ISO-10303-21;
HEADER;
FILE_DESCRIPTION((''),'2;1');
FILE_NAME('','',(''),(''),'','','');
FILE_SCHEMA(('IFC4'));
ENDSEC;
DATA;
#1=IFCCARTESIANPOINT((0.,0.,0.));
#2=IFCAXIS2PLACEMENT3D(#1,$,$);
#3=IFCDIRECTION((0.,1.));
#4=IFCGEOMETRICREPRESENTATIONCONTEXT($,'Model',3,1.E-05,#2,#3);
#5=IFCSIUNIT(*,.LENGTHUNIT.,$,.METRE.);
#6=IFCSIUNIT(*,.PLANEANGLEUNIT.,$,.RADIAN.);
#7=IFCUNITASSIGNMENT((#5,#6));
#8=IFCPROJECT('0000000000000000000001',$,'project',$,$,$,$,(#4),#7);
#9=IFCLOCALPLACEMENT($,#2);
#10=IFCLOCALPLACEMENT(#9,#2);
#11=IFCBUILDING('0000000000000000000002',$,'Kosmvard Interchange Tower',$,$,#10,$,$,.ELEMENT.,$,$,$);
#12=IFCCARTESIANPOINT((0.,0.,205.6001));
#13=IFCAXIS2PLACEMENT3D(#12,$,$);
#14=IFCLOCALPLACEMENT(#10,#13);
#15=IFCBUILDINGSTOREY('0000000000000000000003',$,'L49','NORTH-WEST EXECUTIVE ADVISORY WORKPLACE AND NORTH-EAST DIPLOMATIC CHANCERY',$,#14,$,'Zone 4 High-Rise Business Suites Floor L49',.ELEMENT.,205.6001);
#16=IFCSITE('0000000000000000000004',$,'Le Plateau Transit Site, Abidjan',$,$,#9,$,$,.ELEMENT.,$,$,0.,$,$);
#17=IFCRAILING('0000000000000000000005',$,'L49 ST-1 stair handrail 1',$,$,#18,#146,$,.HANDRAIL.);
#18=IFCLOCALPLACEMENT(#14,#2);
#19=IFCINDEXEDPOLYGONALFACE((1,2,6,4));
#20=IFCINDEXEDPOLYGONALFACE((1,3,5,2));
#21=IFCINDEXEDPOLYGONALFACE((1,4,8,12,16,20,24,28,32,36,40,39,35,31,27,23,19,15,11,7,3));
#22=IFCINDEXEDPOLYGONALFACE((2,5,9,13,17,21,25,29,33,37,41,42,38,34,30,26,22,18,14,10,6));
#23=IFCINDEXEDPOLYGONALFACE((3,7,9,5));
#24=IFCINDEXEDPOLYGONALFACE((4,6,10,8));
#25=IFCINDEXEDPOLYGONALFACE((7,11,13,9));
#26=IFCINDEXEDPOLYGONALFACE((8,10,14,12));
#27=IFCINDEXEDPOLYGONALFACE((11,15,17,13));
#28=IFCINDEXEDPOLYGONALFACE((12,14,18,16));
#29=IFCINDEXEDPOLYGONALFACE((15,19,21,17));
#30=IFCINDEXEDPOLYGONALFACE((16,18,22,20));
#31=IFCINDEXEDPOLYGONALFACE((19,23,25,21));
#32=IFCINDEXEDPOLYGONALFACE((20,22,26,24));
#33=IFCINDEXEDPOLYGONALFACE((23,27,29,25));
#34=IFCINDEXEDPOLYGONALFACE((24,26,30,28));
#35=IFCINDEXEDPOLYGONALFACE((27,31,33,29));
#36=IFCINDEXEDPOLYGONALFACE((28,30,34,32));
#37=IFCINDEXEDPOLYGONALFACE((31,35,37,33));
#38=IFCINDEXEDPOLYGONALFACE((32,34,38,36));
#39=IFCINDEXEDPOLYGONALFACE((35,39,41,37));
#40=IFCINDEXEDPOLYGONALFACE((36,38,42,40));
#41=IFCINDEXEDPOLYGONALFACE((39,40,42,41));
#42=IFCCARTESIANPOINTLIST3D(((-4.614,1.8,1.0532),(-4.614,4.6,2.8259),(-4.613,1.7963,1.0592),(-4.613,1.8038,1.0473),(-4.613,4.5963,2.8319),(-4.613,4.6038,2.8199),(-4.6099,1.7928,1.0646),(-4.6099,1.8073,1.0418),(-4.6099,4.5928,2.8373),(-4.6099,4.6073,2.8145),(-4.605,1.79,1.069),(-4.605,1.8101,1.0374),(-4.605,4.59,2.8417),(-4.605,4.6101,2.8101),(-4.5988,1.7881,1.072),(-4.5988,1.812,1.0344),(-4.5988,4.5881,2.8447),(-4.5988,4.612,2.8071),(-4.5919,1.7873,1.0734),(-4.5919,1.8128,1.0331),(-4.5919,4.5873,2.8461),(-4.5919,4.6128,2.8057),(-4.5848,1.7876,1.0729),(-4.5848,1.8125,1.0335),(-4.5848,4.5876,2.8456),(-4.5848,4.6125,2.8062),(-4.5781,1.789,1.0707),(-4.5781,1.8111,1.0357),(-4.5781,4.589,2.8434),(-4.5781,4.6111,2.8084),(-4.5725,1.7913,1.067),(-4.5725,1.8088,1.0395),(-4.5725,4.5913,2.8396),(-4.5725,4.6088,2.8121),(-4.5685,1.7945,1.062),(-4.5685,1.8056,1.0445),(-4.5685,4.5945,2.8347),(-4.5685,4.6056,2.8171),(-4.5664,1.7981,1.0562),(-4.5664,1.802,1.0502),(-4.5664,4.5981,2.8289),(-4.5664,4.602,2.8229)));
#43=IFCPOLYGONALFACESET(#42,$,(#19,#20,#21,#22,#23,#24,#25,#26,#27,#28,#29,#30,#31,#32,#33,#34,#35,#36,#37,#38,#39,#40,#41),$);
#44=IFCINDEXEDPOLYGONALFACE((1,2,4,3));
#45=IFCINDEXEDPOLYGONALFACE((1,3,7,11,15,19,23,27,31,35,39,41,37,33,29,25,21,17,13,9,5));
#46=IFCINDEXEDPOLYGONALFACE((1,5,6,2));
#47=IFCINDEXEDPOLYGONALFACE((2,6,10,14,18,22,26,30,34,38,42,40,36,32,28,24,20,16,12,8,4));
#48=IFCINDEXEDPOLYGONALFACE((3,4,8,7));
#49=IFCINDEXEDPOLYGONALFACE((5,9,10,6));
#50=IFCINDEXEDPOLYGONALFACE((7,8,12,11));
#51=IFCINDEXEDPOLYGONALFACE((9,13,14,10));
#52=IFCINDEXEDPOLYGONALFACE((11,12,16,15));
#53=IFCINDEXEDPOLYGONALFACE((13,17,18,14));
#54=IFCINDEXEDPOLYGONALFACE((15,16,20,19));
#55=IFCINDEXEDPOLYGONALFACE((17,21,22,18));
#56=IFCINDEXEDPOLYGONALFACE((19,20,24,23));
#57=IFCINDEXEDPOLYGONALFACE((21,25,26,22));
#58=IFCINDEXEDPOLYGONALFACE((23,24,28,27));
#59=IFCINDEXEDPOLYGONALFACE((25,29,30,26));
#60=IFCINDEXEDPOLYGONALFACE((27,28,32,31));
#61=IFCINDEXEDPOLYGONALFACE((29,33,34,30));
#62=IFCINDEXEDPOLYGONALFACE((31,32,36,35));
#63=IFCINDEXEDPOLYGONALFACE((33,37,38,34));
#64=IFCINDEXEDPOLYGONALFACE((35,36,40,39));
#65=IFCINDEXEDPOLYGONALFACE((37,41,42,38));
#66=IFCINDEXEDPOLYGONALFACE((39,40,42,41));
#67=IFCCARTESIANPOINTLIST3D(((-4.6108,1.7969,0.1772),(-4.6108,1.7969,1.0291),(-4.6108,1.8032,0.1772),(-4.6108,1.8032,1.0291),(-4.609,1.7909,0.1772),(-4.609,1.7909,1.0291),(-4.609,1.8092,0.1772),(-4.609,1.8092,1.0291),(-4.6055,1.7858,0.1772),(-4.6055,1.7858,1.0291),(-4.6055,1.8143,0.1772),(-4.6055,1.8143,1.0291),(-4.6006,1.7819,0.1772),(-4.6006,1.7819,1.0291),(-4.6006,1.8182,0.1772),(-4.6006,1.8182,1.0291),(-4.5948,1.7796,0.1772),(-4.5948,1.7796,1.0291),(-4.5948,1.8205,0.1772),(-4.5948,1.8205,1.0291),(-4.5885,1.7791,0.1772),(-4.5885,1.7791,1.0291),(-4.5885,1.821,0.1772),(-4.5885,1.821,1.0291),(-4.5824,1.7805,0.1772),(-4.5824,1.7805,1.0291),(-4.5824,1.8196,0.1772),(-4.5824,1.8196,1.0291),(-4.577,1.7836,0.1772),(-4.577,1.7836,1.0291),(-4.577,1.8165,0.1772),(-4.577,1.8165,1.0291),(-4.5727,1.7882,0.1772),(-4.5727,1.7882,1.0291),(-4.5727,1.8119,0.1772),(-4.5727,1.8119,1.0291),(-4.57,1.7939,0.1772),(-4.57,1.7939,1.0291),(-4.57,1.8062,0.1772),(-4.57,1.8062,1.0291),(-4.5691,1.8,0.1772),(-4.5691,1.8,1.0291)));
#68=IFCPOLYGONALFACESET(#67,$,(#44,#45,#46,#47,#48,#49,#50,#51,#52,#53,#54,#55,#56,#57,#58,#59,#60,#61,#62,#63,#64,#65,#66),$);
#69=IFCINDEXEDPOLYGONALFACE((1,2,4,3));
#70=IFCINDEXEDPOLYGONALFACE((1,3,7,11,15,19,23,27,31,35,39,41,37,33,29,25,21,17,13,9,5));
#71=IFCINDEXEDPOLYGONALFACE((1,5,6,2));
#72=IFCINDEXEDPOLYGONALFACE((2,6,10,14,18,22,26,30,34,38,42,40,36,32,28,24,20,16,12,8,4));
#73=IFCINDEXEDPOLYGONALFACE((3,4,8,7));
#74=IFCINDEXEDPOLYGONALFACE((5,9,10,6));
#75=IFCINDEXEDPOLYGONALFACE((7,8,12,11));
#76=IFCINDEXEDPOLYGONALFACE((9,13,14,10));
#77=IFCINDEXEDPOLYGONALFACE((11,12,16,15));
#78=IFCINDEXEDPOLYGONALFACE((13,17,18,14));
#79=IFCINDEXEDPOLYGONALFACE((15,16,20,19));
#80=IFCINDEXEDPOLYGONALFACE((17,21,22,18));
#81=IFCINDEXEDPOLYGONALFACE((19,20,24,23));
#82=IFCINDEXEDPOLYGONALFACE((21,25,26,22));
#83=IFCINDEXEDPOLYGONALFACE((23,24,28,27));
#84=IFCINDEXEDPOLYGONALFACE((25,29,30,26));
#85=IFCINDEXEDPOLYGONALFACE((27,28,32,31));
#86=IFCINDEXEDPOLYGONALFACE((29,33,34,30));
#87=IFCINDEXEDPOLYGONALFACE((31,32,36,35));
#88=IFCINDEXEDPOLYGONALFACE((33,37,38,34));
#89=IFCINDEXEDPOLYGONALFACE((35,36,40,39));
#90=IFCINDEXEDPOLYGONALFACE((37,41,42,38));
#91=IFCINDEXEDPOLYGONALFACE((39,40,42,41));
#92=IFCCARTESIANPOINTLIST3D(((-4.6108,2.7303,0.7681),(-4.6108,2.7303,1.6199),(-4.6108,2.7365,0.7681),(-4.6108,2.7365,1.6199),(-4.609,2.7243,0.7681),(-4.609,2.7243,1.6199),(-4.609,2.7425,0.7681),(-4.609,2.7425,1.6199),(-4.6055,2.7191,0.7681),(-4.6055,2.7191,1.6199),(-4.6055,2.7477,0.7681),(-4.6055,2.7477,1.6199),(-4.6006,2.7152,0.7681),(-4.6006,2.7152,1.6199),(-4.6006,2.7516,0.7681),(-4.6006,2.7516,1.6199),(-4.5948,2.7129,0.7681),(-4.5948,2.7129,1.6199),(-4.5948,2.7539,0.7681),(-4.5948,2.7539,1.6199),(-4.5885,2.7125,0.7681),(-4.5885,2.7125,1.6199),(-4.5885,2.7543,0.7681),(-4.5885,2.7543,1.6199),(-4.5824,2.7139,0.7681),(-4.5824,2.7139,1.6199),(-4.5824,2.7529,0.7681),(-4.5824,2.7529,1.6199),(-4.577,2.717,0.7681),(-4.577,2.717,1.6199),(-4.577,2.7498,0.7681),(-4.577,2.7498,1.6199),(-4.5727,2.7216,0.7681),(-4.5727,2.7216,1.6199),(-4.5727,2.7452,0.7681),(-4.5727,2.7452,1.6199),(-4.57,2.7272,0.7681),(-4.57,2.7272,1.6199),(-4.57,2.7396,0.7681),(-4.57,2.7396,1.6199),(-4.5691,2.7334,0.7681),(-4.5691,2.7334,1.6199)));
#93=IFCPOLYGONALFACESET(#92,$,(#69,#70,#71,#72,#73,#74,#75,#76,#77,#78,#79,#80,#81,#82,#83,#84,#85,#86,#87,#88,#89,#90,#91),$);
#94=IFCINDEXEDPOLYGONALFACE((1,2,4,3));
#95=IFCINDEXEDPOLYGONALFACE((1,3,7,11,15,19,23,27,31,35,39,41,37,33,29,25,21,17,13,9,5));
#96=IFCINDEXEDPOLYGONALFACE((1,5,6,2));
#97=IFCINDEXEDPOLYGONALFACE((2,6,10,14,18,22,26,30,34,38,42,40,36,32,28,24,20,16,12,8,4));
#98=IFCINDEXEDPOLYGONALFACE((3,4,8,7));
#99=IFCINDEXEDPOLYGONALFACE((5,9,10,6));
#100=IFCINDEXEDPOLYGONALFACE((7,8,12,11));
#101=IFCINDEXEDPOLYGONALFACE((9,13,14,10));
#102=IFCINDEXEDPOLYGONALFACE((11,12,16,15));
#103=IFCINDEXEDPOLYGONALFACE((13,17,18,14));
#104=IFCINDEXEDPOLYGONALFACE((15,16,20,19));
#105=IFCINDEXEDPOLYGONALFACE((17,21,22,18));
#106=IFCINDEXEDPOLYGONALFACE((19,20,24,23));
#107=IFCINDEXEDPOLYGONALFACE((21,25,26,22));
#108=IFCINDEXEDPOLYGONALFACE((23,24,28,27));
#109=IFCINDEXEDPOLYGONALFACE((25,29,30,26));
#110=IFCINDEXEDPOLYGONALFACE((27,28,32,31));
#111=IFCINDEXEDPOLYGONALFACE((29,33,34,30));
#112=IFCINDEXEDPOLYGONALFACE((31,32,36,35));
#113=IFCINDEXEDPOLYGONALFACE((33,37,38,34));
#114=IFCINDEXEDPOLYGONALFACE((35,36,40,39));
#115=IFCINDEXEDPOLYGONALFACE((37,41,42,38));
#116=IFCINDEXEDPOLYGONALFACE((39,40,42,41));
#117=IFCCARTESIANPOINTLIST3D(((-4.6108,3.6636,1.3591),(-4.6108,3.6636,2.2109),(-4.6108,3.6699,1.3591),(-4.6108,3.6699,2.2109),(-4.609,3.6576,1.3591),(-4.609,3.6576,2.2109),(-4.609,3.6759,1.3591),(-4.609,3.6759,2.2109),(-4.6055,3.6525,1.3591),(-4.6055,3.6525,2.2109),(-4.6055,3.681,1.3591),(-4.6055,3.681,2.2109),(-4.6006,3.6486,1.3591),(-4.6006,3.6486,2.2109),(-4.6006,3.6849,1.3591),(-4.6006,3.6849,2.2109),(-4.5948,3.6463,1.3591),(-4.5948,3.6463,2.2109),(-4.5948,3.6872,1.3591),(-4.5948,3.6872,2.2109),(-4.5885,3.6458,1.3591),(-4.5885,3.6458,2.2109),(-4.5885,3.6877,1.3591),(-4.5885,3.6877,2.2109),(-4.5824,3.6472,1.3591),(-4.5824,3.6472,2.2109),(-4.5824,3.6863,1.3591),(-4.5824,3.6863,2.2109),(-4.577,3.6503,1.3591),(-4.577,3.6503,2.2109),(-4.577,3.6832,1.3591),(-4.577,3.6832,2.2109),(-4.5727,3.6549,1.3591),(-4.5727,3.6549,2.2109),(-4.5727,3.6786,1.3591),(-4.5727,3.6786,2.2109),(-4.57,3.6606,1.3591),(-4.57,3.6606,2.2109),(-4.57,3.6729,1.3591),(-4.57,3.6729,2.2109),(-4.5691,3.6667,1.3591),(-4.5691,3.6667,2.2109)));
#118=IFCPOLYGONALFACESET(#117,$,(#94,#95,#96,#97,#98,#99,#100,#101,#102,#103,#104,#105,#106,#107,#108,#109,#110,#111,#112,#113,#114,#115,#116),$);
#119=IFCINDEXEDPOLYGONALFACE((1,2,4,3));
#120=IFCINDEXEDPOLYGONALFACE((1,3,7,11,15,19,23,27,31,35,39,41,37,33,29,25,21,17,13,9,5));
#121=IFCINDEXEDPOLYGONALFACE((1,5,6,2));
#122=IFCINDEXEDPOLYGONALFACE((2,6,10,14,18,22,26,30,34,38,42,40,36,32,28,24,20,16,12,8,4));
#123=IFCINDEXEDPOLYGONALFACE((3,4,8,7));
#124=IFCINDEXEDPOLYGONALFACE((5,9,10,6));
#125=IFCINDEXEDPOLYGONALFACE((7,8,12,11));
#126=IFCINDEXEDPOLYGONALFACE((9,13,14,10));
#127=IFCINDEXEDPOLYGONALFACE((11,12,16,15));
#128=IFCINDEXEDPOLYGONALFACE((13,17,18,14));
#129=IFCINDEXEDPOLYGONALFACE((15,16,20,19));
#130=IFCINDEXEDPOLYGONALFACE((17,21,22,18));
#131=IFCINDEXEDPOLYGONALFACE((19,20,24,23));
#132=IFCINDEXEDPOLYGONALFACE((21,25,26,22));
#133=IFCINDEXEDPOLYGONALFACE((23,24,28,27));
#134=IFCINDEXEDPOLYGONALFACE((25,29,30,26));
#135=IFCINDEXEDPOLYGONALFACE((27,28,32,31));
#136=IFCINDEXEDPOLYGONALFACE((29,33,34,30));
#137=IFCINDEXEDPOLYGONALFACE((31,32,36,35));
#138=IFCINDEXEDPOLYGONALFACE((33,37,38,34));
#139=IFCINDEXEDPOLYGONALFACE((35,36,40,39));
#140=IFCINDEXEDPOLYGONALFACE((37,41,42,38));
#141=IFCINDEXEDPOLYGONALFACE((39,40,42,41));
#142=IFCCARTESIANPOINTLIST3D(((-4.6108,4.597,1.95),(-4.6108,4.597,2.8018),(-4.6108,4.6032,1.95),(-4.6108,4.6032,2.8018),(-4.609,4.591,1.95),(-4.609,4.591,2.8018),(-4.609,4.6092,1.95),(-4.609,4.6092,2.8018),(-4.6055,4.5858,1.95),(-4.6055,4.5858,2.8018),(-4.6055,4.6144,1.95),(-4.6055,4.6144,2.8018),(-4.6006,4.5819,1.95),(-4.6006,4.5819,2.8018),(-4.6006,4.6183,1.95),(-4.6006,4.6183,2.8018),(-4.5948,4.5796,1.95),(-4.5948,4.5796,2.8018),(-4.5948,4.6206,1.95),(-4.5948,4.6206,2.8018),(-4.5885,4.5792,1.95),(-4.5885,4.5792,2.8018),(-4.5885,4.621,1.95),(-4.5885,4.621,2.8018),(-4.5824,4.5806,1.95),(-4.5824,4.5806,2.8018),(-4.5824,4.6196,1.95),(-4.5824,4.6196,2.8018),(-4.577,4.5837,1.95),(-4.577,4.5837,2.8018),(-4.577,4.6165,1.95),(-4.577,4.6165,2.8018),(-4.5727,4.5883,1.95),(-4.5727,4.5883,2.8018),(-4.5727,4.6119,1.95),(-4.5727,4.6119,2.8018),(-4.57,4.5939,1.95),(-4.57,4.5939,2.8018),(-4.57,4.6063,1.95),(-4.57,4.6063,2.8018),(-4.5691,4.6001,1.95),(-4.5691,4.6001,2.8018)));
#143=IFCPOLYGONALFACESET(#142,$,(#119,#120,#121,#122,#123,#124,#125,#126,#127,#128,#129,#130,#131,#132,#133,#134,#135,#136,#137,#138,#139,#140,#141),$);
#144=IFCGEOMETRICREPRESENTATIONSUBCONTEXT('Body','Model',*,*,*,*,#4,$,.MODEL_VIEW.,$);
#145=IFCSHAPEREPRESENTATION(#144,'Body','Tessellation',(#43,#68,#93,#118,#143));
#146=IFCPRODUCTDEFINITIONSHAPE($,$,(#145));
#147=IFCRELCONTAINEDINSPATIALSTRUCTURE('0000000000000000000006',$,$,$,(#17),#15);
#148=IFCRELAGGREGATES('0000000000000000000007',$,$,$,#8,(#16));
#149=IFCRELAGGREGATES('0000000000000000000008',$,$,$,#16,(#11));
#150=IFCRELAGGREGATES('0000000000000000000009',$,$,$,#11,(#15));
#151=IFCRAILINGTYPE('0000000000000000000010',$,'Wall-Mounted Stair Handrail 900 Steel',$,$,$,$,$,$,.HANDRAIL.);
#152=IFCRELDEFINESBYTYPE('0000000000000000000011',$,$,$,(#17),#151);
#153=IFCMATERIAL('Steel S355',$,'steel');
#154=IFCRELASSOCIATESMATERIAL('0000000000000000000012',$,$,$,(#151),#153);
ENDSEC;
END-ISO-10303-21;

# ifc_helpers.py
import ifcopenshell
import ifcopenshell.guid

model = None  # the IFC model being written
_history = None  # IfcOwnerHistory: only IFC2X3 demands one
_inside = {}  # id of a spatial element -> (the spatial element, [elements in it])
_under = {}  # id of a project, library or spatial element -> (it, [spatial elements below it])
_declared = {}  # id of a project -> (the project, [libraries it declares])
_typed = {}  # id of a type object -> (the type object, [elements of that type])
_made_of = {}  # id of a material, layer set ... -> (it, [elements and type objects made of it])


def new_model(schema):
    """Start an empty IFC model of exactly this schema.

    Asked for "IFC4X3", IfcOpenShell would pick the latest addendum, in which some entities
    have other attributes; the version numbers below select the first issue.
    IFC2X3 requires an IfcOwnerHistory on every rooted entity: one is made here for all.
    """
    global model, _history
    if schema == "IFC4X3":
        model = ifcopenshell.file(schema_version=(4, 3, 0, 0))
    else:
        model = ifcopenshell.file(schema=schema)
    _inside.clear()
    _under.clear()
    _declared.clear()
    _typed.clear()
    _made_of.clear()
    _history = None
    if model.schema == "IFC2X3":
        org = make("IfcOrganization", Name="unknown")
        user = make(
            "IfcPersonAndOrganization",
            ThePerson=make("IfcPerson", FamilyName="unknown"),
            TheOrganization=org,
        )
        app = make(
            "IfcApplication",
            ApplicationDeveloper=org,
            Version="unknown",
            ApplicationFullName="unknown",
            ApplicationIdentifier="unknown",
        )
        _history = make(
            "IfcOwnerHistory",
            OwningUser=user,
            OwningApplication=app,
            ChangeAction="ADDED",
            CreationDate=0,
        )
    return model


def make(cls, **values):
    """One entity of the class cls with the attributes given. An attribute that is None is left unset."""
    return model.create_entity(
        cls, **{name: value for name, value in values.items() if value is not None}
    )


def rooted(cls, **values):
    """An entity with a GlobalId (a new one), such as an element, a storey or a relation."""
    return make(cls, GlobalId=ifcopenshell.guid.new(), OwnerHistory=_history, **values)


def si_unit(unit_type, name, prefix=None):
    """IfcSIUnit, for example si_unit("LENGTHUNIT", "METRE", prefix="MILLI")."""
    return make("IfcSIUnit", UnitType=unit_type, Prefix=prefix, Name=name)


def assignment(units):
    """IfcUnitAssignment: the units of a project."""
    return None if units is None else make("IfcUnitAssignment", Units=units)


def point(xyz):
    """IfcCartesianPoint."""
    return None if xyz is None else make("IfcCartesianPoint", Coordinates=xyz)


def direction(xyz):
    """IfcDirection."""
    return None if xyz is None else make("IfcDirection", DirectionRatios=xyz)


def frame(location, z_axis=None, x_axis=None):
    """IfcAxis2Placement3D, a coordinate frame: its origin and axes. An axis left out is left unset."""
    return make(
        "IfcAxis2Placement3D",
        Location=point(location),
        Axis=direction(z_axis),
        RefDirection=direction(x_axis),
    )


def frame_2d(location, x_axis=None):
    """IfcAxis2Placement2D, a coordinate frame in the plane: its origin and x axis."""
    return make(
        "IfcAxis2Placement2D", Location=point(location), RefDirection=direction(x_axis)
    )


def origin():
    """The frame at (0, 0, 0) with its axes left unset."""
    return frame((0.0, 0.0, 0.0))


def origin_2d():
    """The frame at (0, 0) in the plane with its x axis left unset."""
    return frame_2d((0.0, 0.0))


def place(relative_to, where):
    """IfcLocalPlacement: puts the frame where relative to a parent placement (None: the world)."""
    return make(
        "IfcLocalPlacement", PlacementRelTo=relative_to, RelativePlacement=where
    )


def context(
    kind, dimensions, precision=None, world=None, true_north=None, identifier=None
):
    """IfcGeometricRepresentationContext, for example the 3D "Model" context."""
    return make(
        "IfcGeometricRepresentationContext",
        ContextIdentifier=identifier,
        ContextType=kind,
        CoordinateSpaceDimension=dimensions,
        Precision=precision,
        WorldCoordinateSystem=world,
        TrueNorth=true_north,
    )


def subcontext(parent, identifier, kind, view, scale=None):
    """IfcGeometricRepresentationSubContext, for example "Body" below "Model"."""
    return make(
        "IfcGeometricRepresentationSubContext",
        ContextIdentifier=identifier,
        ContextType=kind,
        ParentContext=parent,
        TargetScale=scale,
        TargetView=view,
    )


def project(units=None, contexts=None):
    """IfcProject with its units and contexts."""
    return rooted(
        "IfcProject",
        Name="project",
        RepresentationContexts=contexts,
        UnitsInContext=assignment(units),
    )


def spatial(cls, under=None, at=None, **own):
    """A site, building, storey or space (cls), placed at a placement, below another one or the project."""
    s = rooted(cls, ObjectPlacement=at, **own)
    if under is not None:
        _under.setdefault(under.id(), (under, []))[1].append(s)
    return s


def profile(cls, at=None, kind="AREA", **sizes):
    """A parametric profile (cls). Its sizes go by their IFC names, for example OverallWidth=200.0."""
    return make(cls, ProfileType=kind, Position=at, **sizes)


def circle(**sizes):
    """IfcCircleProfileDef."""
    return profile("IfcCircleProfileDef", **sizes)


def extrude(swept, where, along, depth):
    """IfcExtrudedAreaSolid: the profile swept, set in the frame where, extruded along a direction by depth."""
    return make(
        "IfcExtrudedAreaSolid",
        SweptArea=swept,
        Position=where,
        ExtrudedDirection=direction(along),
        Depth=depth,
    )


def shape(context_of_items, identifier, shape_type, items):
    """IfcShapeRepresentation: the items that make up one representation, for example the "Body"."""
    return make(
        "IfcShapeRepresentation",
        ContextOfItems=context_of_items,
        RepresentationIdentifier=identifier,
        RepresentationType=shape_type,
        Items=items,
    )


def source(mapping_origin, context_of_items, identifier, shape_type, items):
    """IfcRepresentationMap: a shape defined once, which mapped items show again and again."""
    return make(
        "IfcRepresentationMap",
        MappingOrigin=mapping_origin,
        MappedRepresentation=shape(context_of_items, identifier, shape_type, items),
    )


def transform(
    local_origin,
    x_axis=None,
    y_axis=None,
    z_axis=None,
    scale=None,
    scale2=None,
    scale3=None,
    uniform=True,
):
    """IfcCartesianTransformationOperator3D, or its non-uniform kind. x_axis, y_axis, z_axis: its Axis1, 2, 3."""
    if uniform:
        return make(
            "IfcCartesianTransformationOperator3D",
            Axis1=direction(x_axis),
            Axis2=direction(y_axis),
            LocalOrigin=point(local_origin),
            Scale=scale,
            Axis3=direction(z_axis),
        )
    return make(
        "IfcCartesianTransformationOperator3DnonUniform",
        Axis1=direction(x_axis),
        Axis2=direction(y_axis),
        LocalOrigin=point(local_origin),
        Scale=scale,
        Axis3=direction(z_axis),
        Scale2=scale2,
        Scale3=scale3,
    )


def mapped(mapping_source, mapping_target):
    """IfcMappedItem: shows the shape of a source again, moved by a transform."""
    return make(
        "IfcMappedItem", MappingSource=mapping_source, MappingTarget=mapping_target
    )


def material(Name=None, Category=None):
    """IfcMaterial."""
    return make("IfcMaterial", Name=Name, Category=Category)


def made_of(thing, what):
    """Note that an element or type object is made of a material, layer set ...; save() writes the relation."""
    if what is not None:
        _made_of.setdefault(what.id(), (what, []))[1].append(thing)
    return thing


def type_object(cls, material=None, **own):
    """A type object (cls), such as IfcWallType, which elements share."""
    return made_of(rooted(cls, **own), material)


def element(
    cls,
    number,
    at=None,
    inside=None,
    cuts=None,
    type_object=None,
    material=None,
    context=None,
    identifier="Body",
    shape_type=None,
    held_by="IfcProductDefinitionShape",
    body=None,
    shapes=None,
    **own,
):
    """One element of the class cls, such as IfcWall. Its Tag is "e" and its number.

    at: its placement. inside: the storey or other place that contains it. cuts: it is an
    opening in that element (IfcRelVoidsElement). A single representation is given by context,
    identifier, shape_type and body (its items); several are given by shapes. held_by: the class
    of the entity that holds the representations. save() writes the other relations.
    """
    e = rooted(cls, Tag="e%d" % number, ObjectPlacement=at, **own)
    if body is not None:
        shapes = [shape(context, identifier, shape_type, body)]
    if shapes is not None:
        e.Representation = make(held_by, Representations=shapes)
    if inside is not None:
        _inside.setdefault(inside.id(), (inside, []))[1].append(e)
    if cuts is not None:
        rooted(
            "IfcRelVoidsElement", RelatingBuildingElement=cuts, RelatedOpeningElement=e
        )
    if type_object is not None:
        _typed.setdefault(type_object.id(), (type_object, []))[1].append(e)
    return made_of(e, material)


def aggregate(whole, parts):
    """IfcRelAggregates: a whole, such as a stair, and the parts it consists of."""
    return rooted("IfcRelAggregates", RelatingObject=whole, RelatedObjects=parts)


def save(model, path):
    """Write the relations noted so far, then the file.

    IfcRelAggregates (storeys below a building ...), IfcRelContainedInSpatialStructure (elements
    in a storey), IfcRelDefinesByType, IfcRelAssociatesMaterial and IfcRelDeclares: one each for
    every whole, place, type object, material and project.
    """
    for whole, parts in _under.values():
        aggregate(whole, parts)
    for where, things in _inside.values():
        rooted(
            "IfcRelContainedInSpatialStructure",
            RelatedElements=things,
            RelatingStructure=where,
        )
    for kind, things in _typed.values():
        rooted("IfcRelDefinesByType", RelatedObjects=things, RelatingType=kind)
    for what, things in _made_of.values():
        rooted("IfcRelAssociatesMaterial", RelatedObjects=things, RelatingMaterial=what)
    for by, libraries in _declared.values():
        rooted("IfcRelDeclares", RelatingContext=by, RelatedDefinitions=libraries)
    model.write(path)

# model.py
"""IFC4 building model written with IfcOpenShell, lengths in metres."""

from ifc_helpers import new_model, si_unit, direction, frame, origin, origin_2d, place, context, subcontext, project, spatial, circle, extrude, source, transform, mapped, material, type_object, element, save


model = new_model("IFC4")

# Units and contexts
model_context = context("Model", 3, precision=1e-05, world=origin(), true_north=direction((0.0, 1.0)))
body_context = subcontext(model_context, "Body", "Model", "MODEL_VIEW")
ifc_project = project(units=[si_unit("LENGTHUNIT", "METRE"), si_unit("PLANEANGLEUNIT", "RADIAN")], contexts=[model_context])

# Site, building, storey
site_placement = place(None, origin())
site = spatial("IfcSite", under=ifc_project, at=site_placement, Name="Le Plateau Transit Site, Abidjan", CompositionType="ELEMENT", RefElevation=0.0)
building_placement = place(site_placement, origin())
building = spatial("IfcBuilding", under=site, at=building_placement, Name="Kosmvard Interchange Tower", CompositionType="ELEMENT")
storey_placement = place(building_placement, frame((0.0, 0.0, 205.6001)))
storey = spatial("IfcBuildingStorey", under=building, at=storey_placement, Name="L49", Description="NORTH-WEST EXECUTIVE ADVISORY WORKPLACE AND NORTH-EAST DIPLOMATIC CHANCERY", LongName="Zone 4 High-Rise Business Suites Floor L49", CompositionType="ELEMENT", Elevation=205.6001)

# Railing
ifc_material_1 = material(Name="Steel S355", Category="steel")
railing_type_1 = type_object("IfcRailingType", Name="Wall-Mounted Stair Handrail 900 Steel", PredefinedType="HANDRAIL", material=ifc_material_1)
shared_shape_1 = source(origin(), body_context, "Body", "SweptSolid", [
    extrude(circle(Radius=0.0239, at=origin_2d()), frame((0.0, 0.0, 0.876), z_axis=(0.0, 0.844909, 0.53491), x_axis=(-1.0, 0.0, 0.0)), (0.0, 0.0, 1.0), 3.314),
    extrude(circle(Radius=0.021, at=origin_2d()), origin(), (0.0, 0.0, 1.0), 0.8518),
    extrude(circle(Radius=0.021, at=origin_2d()), frame((0.0, 0.9333, 0.5908)), (0.0, 0.0, 1.0), 0.8518),
    extrude(circle(Radius=0.021, at=origin_2d()), frame((0.0, 1.8667, 1.1819)), (0.0, 0.0, 1.0), 0.8518),
    extrude(circle(Radius=0.021, at=origin_2d()), frame((0.0, 2.8, 1.7727)), (0.0, 0.0, 1.0), 0.8518),
])
railing_1_placement = place(storey_placement, frame((-4.5901, 1.8, 0.1772)))
element("IfcRailing", 1, at=railing_1_placement, inside=storey, type_object=railing_type_1, Name="L49 ST-1 stair handrail 1", PredefinedType="HANDRAIL", context=body_context, shape_type="MappedRepresentation", body=[
    mapped(shared_shape_1, transform((0.0, 0.0, 0.0), scale=1.0)),
])

save(model, "model.ifc")
